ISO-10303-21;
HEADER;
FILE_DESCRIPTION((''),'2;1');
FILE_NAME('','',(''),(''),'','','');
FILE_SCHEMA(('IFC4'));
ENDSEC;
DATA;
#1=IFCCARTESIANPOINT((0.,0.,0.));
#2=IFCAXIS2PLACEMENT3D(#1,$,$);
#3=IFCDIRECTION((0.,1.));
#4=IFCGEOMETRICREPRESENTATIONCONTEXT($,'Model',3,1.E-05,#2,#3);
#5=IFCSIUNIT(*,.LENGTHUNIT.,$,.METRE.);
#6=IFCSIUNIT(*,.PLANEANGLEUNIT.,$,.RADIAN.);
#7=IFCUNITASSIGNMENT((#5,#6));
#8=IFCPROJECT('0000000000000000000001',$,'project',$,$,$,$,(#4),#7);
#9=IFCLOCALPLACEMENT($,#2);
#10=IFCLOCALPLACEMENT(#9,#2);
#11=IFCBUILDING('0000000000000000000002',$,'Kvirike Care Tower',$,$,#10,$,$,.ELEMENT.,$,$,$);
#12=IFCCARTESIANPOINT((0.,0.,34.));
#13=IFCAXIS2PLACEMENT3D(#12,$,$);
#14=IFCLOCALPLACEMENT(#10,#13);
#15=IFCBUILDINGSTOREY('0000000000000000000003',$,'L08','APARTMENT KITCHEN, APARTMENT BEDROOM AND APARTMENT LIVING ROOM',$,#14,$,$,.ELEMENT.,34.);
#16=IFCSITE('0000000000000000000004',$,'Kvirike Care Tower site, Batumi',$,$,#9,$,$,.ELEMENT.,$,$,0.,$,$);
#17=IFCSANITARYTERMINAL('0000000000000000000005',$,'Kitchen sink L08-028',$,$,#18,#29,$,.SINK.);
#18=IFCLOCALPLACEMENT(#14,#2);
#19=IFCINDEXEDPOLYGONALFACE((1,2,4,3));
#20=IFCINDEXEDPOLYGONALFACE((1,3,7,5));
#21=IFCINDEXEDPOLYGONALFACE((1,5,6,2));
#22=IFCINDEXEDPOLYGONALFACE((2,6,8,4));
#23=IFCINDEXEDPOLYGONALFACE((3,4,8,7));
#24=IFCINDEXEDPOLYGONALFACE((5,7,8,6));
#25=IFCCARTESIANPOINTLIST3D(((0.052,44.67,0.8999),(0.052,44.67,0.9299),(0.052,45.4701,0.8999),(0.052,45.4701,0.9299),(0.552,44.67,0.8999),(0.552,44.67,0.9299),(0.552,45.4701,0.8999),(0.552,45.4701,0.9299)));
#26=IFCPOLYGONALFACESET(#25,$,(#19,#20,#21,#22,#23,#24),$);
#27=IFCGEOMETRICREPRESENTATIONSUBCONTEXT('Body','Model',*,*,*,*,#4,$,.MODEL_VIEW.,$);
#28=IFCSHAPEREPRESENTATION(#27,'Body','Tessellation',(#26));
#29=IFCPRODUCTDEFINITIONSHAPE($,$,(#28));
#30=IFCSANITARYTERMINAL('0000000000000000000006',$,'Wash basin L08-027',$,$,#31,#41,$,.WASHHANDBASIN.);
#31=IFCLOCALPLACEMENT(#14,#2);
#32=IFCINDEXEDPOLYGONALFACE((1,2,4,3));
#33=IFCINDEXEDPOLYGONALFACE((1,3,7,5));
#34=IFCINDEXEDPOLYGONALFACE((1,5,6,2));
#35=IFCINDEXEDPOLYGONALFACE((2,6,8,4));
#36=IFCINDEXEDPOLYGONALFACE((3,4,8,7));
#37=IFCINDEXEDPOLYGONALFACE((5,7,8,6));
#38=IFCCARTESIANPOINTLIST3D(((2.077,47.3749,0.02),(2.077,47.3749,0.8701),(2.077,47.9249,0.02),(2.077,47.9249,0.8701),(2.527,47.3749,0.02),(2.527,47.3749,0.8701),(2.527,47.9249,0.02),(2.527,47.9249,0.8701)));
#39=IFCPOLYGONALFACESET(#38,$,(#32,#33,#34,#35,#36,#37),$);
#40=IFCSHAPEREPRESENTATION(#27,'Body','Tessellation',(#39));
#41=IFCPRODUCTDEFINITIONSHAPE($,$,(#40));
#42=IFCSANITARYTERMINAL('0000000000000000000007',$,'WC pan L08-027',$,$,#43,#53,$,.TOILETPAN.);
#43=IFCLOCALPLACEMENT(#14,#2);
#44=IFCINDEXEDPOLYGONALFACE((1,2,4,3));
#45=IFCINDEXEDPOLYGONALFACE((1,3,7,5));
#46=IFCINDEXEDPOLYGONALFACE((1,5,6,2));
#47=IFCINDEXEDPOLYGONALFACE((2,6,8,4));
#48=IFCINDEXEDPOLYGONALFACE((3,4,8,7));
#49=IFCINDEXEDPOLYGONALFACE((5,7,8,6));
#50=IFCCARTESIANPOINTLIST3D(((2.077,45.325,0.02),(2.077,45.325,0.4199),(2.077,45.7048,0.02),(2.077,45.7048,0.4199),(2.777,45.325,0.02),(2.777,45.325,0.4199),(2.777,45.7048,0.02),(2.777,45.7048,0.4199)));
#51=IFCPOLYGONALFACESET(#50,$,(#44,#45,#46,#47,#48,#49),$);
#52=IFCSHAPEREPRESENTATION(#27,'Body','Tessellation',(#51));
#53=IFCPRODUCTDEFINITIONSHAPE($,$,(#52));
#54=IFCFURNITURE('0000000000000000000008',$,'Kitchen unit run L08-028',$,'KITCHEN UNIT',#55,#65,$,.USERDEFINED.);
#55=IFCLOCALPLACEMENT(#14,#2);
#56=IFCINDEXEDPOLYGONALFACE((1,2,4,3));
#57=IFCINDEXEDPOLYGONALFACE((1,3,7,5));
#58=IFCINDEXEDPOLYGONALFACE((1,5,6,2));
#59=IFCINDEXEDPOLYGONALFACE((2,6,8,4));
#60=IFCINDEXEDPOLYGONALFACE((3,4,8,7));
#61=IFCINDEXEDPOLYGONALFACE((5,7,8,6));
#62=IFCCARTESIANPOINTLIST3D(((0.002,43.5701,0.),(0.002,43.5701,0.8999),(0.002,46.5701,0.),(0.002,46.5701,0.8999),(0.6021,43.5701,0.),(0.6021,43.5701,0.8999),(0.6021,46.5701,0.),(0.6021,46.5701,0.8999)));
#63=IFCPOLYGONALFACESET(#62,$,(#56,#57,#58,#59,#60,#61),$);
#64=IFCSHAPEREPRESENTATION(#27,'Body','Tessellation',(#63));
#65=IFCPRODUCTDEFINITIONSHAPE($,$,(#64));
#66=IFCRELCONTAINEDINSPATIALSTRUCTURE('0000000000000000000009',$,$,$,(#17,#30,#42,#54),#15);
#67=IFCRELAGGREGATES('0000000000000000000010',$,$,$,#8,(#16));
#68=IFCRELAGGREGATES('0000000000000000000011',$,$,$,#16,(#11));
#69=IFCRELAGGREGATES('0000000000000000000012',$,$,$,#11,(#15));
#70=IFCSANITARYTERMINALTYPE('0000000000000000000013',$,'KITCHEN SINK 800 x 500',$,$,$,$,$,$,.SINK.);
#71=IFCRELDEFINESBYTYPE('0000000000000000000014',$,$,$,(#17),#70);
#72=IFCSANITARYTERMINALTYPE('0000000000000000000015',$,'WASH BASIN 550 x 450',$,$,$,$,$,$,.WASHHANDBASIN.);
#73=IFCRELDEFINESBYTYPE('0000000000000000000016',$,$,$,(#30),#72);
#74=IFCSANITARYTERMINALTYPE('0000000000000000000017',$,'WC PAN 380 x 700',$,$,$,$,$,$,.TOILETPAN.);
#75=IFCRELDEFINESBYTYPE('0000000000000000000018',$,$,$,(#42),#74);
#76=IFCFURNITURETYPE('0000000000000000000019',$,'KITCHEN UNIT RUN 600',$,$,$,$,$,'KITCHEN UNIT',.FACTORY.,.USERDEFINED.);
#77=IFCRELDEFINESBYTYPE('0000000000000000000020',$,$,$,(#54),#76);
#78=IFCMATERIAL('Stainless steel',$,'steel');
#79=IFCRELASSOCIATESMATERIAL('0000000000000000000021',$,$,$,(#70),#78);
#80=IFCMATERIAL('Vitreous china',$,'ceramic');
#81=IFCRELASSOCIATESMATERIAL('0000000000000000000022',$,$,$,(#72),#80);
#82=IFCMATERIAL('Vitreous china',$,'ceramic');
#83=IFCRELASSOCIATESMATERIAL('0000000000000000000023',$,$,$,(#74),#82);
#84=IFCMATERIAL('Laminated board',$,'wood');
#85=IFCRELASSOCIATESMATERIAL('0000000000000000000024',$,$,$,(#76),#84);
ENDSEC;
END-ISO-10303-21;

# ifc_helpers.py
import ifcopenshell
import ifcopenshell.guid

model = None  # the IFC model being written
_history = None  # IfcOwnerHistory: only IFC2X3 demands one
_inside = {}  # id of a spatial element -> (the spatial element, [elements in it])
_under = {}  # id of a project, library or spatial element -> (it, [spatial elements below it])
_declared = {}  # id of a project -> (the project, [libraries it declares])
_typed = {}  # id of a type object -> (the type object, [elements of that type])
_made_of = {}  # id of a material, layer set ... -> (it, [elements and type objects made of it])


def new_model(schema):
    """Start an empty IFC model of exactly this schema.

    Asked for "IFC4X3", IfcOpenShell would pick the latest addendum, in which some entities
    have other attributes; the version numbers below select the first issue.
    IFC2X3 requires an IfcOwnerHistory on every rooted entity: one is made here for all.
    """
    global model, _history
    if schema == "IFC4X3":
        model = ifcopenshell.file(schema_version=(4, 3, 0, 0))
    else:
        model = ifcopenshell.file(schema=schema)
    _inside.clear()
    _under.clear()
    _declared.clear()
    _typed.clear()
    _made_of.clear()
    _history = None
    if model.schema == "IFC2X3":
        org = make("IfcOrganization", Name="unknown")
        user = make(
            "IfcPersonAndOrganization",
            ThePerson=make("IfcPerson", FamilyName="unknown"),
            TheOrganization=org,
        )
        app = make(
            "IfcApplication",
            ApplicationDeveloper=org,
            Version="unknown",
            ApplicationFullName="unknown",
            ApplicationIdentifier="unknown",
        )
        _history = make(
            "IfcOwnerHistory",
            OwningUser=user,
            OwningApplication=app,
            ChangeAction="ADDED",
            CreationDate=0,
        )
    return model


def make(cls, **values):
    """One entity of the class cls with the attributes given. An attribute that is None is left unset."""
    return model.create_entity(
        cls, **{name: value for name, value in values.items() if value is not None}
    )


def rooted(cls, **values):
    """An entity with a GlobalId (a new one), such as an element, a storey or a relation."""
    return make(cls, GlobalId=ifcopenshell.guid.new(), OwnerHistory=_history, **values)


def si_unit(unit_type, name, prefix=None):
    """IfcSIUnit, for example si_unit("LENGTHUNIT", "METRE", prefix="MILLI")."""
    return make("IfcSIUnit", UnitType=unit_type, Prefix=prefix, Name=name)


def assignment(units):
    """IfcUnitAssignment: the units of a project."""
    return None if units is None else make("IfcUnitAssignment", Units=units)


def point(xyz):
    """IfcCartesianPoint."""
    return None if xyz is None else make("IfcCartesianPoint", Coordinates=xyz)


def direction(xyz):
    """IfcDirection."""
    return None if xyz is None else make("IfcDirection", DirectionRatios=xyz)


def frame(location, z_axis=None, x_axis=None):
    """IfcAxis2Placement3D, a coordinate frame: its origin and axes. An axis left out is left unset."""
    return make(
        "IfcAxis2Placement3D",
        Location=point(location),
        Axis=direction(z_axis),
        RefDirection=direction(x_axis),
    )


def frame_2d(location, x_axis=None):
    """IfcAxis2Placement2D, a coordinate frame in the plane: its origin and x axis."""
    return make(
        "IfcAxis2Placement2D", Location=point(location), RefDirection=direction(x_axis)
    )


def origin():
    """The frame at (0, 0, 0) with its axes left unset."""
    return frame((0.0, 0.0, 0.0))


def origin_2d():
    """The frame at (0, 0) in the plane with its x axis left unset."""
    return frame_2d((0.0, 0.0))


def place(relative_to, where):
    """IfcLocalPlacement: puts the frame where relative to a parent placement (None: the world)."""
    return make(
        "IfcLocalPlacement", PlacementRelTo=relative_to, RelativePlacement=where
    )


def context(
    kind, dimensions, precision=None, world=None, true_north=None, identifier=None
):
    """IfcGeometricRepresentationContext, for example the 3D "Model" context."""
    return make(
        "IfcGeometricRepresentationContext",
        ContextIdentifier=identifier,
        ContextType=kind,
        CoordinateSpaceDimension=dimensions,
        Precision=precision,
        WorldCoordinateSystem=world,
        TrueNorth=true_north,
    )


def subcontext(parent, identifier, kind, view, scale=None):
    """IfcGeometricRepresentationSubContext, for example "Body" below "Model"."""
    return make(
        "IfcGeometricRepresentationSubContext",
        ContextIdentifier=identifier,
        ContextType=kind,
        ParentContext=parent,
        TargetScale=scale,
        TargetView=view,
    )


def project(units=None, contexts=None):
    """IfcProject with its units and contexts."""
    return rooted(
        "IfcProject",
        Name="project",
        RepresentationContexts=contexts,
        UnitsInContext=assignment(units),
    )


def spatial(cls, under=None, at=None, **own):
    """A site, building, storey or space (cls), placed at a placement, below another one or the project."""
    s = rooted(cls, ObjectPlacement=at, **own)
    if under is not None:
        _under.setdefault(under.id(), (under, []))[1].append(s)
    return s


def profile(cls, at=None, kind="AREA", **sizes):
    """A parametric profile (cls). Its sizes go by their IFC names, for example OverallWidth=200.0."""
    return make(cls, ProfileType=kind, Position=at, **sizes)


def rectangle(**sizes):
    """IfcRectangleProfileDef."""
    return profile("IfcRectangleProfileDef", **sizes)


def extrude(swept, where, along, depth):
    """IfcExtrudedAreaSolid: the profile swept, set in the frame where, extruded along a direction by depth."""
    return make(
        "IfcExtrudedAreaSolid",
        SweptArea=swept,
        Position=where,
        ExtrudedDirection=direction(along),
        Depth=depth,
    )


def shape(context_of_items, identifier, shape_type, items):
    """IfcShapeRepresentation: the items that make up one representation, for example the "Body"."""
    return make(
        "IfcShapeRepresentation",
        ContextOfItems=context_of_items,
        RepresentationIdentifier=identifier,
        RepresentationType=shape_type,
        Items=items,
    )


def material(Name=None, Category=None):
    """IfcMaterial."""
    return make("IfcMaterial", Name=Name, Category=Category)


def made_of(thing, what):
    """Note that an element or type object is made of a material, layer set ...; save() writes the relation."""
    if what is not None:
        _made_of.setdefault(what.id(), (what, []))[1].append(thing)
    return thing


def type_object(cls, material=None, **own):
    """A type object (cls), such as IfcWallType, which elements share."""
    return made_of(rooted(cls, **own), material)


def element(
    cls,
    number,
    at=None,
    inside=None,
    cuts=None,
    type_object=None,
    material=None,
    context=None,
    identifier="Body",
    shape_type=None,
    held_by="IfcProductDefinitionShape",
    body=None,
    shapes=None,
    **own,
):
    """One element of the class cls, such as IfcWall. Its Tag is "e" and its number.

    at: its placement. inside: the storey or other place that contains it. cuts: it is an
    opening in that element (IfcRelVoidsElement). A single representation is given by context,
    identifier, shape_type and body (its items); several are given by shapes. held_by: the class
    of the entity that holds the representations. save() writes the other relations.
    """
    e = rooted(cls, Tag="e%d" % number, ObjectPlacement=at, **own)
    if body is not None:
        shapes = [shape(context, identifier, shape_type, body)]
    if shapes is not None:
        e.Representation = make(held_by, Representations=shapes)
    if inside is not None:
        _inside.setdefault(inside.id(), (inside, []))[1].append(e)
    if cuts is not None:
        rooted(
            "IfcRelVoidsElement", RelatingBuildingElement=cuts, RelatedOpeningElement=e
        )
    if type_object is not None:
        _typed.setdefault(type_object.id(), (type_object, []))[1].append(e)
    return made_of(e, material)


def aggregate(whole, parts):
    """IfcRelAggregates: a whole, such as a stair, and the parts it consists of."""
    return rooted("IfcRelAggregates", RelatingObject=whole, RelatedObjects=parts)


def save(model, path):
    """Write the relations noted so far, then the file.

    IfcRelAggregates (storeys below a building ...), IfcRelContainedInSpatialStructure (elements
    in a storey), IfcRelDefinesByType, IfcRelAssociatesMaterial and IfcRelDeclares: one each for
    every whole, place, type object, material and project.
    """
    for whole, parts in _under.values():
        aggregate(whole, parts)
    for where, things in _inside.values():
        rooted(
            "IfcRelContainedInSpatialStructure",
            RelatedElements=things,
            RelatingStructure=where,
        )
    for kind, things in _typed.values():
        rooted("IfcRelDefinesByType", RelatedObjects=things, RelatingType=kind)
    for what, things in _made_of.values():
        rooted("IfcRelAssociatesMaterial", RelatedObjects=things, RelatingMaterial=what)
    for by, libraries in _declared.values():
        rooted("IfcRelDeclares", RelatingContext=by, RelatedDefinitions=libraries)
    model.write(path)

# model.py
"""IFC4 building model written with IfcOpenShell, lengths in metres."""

from ifc_helpers import new_model, si_unit, direction, frame, origin, origin_2d, place, context, subcontext, project, spatial, rectangle, extrude, material, type_object, element, save


model = new_model("IFC4")

# Units and contexts
model_context = context("Model", 3, precision=1e-05, world=origin(), true_north=direction((0.0, 1.0)))
body_context = subcontext(model_context, "Body", "Model", "MODEL_VIEW")
ifc_project = project(units=[si_unit("LENGTHUNIT", "METRE"), si_unit("PLANEANGLEUNIT", "RADIAN")], contexts=[model_context])

# Site, building, storey
site_placement = place(None, origin())
site = spatial("IfcSite", under=ifc_project, at=site_placement, Name="Kvirike Care Tower site, Batumi", CompositionType="ELEMENT", RefElevation=0.0)
building_placement = place(site_placement, origin())
building = spatial("IfcBuilding", under=site, at=building_placement, Name="Kvirike Care Tower", CompositionType="ELEMENT")
storey_placement = place(building_placement, frame((0.0, 0.0, 34.0)))
storey = spatial("IfcBuildingStorey", under=building, at=storey_placement, Name="L08", Description="APARTMENT KITCHEN, APARTMENT BEDROOM AND APARTMENT LIVING ROOM", CompositionType="ELEMENT", Elevation=34.0)

# Sanitary terminals
ifc_material_1 = material(Name="Stainless steel", Category="steel")
sanitary_terminal_type_1 = type_object("IfcSanitaryTerminalType", Name="KITCHEN SINK 800 x 500", PredefinedType="SINK", material=ifc_material_1)
sanitary_terminal_1_placement = place(storey_placement, frame((0.302, 45.0701, 0.8999), z_axis=(0.0, 0.0, 1.0), x_axis=(0.0, 1.0, 0.0)))
element("IfcSanitaryTerminal", 1, at=sanitary_terminal_1_placement, inside=storey, type_object=sanitary_terminal_type_1, Name="Kitchen sink L08-028", PredefinedType="SINK", context=body_context, shape_type="SweptSolid", body=[
    extrude(rectangle(XDim=0.8, YDim=0.5, at=origin_2d()), origin(), (0.0, 0.0, 1.0), 0.03),
])
ifc_material_2 = material(Name="Vitreous china", Category="ceramic")
sanitary_terminal_type_2 = type_object("IfcSanitaryTerminalType", Name="WASH BASIN 550 x 450", PredefinedType="WASHHANDBASIN", material=ifc_material_2)
sanitary_terminal_2_placement = place(storey_placement, frame((2.302, 47.6499, 0.02), z_axis=(0.0, 0.0, 1.0), x_axis=(0.0, 1.0, 0.0)))
element("IfcSanitaryTerminal", 2, at=sanitary_terminal_2_placement, inside=storey, type_object=sanitary_terminal_type_2, Name="Wash basin L08-027", PredefinedType="WASHHANDBASIN", context=body_context, shape_type="SweptSolid", body=[
    extrude(rectangle(XDim=0.55, YDim=0.45, at=origin_2d()), origin(), (0.0, 0.0, 1.0), 0.8501),
])
ifc_material_3 = material(Name="Vitreous china", Category="ceramic")
sanitary_terminal_type_3 = type_object("IfcSanitaryTerminalType", Name="WC PAN 380 x 700", PredefinedType="TOILETPAN", material=ifc_material_3)
sanitary_terminal_3_placement = place(storey_placement, frame((2.427, 45.5149, 0.02), z_axis=(0.0, 0.0, 1.0), x_axis=(0.0, 1.0, 0.0)))
element("IfcSanitaryTerminal", 3, at=sanitary_terminal_3_placement, inside=storey, type_object=sanitary_terminal_type_3, Name="WC pan L08-027", PredefinedType="TOILETPAN", context=body_context, shape_type="SweptSolid", body=[
    extrude(rectangle(XDim=0.3799, YDim=0.7, at=origin_2d()), origin(), (0.0, 0.0, 1.0), 0.3999),
])

# Furniture
ifc_material_4 = material(Name="Laminated board", Category="wood")
furniture_type = type_object("IfcFurnitureType", Name="KITCHEN UNIT RUN 600", ElementType="KITCHEN UNIT", AssemblyPlace="FACTORY", PredefinedType="USERDEFINED", material=ifc_material_4)
furniture_placement = place(storey_placement, frame((0.302, 45.0701, 0.0), z_axis=(0.0, 0.0, 1.0), x_axis=(0.0, 1.0, 0.0)))
element("IfcFurniture", 4, at=furniture_placement, inside=storey, type_object=furniture_type, Name="Kitchen unit run L08-028", ObjectType="KITCHEN UNIT", PredefinedType="USERDEFINED", context=body_context, shape_type="SweptSolid", body=[
    extrude(rectangle(XDim=3.0, YDim=0.6001, at=origin_2d()), origin(), (0.0, 0.0, 1.0), 0.8999),
])

save(model, "model.ifc")
